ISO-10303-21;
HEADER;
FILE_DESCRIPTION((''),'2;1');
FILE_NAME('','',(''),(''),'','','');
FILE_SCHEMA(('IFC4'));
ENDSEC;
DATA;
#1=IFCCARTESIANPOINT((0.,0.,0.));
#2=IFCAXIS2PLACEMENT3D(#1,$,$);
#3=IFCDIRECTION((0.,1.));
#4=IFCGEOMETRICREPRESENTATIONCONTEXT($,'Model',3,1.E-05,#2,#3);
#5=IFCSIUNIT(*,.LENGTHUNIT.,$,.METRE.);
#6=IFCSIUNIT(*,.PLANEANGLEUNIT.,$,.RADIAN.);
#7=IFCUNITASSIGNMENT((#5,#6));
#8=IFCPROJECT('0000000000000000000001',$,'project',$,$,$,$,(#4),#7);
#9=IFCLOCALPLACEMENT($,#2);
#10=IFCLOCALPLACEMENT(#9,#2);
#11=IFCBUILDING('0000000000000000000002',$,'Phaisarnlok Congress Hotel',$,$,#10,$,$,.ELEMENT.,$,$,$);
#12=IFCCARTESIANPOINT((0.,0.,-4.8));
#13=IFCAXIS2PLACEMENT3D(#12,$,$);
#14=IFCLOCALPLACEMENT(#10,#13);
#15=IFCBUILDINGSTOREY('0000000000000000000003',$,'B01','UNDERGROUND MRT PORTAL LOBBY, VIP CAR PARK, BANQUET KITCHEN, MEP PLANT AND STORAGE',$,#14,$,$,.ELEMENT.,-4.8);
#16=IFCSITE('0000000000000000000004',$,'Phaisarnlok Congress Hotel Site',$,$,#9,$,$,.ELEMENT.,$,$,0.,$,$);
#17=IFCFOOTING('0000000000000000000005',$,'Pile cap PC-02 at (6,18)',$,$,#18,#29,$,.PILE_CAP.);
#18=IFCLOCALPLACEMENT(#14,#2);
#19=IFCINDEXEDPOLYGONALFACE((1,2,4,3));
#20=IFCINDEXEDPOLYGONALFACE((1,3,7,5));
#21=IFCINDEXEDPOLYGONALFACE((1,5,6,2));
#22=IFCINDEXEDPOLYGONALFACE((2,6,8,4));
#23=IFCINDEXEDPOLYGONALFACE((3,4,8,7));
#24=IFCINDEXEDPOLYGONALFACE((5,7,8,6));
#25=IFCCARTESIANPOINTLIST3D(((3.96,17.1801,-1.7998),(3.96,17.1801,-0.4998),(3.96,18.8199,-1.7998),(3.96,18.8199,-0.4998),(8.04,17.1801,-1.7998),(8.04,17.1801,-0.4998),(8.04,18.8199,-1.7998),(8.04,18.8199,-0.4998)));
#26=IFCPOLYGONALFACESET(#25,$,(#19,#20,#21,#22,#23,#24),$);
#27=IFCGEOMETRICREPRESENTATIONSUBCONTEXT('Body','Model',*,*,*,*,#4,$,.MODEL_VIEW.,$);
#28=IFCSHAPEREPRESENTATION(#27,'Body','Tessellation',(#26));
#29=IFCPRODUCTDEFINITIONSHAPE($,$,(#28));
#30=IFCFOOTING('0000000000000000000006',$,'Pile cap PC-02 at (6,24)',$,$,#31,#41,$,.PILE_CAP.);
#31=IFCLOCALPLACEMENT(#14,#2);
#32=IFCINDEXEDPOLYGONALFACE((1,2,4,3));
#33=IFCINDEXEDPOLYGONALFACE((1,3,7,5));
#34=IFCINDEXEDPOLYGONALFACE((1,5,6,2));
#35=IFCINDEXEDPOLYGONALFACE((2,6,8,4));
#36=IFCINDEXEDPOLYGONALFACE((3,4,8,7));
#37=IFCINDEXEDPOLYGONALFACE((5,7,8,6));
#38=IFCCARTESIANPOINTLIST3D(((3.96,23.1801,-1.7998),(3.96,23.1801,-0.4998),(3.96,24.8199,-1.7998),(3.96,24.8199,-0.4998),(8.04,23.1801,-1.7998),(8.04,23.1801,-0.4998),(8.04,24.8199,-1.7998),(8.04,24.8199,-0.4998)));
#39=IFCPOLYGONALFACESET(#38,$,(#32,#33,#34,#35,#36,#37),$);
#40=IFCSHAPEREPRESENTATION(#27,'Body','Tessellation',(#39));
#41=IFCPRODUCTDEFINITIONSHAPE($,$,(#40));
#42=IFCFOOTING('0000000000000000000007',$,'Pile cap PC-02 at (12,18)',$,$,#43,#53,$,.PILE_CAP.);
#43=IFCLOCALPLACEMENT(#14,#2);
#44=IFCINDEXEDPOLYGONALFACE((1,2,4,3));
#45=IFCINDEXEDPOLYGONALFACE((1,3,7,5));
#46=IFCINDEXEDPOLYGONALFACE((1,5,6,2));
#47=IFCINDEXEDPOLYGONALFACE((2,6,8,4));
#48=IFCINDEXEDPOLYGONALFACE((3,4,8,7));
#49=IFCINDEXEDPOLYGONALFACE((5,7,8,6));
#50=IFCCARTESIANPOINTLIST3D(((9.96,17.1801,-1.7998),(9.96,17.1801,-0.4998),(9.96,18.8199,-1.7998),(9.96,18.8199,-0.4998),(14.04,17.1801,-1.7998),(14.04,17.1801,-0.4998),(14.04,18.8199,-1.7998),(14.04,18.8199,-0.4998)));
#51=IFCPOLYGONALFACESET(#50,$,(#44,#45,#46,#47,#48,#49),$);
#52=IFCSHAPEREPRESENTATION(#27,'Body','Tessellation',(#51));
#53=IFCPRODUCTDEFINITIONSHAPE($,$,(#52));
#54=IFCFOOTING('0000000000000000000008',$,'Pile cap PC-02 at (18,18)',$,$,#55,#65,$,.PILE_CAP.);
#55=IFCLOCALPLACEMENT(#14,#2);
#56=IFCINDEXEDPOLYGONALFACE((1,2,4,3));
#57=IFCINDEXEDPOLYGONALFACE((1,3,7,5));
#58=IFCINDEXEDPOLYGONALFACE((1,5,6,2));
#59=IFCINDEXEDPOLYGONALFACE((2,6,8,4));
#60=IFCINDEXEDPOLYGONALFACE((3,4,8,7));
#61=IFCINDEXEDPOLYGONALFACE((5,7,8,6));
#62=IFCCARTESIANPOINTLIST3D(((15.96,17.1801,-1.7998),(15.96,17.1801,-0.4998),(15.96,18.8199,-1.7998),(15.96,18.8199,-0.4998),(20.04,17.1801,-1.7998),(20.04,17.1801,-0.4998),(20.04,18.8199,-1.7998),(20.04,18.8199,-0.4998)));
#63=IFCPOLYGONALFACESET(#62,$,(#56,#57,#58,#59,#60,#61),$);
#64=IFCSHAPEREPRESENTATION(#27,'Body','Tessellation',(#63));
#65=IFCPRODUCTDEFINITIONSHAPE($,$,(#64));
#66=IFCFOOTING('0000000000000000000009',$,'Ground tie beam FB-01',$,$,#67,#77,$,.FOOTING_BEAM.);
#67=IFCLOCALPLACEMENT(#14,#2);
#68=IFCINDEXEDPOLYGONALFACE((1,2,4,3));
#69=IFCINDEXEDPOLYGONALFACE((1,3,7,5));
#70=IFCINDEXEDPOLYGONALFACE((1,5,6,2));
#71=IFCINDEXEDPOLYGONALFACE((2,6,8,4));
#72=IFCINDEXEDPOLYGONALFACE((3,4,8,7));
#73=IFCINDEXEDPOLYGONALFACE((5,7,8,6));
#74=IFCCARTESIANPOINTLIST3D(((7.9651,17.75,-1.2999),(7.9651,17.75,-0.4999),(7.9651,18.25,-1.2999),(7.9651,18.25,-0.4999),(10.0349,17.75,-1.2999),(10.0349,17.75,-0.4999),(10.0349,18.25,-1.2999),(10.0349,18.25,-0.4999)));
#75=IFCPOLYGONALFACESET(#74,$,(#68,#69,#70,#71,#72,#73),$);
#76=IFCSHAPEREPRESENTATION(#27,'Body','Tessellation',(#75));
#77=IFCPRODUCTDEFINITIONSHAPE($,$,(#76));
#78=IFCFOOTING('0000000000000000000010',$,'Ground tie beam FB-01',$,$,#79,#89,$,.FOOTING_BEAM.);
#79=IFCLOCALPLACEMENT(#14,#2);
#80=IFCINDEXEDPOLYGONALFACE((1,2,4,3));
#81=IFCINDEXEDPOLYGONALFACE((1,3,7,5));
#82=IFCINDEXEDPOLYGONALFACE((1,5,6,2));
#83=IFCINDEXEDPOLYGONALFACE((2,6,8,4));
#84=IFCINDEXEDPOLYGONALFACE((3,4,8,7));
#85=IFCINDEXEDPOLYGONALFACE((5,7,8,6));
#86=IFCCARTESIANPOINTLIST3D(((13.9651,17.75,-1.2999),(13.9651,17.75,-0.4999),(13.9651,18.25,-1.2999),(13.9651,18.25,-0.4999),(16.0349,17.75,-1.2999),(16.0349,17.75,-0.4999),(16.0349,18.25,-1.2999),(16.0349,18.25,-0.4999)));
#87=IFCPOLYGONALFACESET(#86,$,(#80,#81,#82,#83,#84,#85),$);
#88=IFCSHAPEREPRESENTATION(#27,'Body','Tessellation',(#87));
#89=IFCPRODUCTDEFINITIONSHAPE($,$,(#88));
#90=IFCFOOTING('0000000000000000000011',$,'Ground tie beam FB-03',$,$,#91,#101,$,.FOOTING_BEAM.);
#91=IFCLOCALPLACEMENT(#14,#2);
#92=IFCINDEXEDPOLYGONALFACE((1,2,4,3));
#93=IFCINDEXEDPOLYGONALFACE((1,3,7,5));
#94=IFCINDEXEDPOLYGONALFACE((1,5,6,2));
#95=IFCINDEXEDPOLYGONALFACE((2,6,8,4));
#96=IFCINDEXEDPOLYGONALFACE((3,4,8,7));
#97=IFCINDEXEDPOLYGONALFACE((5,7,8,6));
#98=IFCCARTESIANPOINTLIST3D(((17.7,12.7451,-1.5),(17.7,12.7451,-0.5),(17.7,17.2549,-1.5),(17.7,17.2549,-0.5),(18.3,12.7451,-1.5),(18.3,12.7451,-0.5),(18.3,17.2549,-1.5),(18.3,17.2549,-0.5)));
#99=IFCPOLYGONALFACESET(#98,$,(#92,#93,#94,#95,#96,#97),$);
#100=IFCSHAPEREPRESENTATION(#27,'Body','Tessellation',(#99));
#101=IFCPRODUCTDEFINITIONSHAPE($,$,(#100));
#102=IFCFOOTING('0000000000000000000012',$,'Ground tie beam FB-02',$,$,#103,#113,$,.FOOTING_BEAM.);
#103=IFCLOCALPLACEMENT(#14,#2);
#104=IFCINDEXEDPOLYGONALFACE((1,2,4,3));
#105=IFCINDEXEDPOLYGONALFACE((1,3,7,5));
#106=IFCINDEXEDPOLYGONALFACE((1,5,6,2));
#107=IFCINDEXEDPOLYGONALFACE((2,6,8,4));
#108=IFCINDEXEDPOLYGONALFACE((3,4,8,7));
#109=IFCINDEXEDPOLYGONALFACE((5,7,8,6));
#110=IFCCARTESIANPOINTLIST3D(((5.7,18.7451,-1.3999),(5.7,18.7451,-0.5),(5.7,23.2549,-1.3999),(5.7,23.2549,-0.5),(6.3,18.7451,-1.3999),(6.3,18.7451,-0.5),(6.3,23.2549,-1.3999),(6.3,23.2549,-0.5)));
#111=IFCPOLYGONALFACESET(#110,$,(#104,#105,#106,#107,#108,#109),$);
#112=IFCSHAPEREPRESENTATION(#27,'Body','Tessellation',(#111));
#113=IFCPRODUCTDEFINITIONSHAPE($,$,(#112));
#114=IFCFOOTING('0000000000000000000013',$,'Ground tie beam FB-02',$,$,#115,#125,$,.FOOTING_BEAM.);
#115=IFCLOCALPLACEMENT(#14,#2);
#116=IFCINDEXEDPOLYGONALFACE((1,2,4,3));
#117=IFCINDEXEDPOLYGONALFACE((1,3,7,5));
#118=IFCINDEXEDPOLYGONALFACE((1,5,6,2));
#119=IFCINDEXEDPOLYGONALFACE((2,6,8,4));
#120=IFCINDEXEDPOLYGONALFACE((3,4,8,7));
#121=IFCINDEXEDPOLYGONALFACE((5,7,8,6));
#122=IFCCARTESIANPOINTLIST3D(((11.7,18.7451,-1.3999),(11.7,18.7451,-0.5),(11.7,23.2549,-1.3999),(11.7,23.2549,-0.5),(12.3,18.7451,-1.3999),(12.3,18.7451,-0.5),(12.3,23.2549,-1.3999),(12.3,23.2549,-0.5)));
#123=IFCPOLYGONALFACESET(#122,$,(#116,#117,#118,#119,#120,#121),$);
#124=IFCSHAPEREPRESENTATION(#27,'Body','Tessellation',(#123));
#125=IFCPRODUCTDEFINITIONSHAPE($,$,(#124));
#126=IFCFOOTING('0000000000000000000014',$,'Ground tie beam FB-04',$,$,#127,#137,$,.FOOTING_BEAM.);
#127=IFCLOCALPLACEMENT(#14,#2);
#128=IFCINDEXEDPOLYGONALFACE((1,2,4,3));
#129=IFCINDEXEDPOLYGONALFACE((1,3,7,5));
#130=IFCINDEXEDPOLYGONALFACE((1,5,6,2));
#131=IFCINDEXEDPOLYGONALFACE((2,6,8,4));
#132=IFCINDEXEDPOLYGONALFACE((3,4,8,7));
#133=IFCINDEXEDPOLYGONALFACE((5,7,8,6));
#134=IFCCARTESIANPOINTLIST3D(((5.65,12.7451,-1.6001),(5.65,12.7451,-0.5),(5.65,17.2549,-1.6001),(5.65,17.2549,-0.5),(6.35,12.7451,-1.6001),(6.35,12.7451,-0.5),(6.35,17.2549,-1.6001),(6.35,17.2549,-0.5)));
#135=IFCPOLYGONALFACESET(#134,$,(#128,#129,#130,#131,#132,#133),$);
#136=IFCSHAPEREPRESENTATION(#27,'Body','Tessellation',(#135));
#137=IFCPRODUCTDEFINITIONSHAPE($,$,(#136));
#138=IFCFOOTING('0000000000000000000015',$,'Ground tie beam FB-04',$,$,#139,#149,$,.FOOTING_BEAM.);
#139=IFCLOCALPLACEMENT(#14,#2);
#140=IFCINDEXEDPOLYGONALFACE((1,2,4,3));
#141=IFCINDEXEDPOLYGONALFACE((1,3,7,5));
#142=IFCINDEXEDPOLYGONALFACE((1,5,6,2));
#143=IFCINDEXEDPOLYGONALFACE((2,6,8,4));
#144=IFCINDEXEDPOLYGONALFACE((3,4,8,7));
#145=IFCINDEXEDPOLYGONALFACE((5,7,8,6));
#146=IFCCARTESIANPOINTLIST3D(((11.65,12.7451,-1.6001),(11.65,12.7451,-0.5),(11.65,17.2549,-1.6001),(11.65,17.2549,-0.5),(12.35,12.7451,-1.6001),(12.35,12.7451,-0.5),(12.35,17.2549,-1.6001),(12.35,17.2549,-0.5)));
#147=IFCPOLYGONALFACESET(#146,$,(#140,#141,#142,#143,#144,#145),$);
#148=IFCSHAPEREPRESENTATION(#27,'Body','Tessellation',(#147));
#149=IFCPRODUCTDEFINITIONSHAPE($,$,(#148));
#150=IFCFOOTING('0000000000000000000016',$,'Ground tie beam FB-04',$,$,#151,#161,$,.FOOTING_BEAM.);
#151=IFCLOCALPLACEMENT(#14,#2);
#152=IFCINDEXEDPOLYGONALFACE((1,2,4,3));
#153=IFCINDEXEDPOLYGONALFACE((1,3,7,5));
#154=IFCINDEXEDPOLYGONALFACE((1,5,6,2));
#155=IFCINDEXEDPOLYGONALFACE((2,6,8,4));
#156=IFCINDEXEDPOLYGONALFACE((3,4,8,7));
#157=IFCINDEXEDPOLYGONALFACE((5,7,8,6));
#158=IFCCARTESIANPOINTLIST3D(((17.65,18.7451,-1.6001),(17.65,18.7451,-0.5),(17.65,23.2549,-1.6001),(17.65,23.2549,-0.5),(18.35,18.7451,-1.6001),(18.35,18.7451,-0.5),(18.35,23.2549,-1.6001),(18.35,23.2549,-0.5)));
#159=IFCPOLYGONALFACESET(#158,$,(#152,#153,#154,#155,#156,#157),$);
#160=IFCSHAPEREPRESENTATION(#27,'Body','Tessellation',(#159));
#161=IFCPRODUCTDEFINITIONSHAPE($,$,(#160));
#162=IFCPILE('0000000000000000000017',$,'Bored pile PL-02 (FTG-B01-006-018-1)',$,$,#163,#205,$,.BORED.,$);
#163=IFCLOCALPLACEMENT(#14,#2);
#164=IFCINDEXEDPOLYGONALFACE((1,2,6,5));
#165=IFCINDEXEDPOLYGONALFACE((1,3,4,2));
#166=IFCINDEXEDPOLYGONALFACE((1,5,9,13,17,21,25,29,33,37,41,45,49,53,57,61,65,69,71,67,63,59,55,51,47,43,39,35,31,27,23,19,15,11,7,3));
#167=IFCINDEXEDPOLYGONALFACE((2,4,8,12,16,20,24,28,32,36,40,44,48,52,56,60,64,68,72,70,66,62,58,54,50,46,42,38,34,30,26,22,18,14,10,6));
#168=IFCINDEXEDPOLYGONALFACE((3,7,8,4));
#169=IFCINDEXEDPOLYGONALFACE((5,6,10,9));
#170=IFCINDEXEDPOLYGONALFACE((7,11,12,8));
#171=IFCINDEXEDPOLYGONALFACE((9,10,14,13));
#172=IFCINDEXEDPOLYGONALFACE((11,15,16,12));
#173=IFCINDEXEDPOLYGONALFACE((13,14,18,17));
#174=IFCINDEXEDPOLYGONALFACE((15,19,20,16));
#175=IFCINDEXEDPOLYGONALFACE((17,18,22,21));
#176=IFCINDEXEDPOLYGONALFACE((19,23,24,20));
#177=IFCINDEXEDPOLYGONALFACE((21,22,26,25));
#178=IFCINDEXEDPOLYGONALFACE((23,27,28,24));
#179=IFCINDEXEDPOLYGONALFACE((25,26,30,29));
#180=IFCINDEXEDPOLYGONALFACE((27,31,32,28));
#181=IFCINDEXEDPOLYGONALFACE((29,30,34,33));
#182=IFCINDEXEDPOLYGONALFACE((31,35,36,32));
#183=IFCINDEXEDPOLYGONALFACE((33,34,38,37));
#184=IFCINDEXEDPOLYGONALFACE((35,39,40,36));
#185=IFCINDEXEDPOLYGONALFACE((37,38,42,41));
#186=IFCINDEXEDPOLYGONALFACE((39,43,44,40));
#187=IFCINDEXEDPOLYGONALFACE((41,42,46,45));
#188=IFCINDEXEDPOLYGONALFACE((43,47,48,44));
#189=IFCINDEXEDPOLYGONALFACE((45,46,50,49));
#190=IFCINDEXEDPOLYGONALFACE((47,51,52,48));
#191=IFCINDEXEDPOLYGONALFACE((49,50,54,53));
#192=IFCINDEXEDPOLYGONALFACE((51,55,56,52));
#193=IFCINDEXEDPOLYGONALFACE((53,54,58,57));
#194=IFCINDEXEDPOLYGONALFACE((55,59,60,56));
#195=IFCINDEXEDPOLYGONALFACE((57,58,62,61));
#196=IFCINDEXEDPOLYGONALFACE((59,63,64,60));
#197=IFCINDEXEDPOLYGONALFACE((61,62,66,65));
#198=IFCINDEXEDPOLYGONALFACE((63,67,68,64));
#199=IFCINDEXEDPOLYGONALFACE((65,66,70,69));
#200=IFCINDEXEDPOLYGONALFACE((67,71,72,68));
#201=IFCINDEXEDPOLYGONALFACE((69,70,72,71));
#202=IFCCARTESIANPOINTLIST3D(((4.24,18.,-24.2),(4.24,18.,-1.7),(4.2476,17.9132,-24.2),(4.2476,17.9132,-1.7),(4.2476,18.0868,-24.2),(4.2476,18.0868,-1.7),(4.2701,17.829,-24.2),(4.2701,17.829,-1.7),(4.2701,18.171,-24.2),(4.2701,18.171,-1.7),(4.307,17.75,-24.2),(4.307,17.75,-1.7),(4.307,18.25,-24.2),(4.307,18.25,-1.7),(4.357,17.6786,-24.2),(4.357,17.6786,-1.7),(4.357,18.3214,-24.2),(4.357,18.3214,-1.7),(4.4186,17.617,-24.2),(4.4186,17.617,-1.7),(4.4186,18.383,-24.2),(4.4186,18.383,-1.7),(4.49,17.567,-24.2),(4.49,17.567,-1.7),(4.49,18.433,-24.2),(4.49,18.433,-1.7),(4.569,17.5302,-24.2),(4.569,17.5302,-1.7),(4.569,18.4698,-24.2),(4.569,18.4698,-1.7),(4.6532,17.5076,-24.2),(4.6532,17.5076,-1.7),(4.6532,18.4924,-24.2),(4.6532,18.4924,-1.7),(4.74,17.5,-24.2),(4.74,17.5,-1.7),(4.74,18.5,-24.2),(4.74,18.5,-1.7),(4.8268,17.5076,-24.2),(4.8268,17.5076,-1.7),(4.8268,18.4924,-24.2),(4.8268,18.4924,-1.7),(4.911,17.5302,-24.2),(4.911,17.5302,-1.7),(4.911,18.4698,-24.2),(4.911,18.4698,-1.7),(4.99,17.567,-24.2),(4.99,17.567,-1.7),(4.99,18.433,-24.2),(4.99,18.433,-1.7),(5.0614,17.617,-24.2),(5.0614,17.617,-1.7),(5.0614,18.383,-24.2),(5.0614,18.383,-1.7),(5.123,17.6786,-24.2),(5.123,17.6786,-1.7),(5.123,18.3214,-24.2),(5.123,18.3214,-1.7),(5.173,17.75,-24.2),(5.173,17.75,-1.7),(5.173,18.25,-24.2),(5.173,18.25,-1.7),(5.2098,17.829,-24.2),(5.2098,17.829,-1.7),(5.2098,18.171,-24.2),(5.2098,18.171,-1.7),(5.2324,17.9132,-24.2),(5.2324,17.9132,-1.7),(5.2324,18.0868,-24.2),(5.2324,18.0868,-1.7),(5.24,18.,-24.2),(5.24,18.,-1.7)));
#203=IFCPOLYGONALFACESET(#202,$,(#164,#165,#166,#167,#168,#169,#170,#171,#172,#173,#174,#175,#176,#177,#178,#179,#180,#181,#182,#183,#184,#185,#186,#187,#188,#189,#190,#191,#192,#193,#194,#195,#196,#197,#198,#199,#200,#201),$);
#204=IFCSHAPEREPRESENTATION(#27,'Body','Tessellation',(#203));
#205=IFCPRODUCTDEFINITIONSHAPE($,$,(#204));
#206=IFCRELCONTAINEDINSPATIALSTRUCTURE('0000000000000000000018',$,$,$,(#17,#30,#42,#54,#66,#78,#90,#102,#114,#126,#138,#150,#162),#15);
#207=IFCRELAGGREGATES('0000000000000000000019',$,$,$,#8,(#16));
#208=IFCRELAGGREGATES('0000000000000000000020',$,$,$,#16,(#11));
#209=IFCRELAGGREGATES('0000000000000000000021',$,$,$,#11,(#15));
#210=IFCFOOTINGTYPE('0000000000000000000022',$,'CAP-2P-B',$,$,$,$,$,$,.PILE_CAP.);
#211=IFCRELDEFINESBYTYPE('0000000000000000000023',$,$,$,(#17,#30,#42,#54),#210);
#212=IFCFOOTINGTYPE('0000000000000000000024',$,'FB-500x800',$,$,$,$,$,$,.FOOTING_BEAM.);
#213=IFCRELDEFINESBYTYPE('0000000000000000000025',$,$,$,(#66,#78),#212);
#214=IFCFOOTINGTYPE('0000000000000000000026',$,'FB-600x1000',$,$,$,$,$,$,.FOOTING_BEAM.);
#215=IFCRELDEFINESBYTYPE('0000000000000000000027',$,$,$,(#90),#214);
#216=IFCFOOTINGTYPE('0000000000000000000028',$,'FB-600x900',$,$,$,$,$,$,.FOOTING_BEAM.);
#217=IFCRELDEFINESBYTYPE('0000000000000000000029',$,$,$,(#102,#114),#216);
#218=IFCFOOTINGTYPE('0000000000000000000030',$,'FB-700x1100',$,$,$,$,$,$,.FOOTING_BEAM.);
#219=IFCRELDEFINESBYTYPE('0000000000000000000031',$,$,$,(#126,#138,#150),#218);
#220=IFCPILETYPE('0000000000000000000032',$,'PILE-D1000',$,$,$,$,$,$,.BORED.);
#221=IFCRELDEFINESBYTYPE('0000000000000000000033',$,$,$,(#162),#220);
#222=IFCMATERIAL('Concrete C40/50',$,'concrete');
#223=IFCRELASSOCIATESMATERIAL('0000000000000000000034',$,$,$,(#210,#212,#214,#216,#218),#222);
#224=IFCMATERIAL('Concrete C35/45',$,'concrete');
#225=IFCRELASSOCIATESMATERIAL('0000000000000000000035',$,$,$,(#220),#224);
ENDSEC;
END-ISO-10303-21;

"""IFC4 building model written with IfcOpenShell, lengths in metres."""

from ifc_helpers import new_model, si_unit, direction, frame, origin, origin_2d, place, context, subcontext, project, spatial, rectangle, circle, extrude, material, material_profile, profile_set, type_object, element, save


model = new_model("IFC4")

# Units and contexts
model_context = context("Model", 3, precision=1e-05, world=origin(), true_north=direction((0.0, 1.0)))
body_context = subcontext(model_context, "Body", "Model", "MODEL_VIEW")
ifc_project = project(units=[si_unit("LENGTHUNIT", "METRE"), si_unit("PLANEANGLEUNIT", "RADIAN")], contexts=[model_context])

# Site, building, storey
site_placement = place(None, origin())
site = spatial("IfcSite", under=ifc_project, at=site_placement, Name="Phaisarnlok Congress Hotel Site", CompositionType="ELEMENT", RefElevation=0.0)
building_placement = place(site_placement, origin())
building = spatial("IfcBuilding", under=site, at=building_placement, Name="Phaisarnlok Congress Hotel", CompositionType="ELEMENT")
storey_placement = place(building_placement, frame((0.0, 0.0, -4.8)))
storey = spatial("IfcBuildingStorey", under=building, at=storey_placement, Name="B01", Description="UNDERGROUND MRT PORTAL LOBBY, VIP CAR PARK, BANQUET KITCHEN, MEP PLANT AND STORAGE", CompositionType="ELEMENT", Elevation=-4.8)

# Footings
ifc_material_1 = material(Name="Concrete C40/50", Category="concrete")
footing_type_1 = type_object("IfcFootingType", Name="CAP-2P-B", PredefinedType="PILE_CAP", material=ifc_material_1)
for number, where, z_axis, x_axis, name in (
    (1, (6.0, 18.0, -1.7998), (0.0, 0.0, 1.0), (1.0, 0.0, 0.0), "Pile cap PC-02 at (6,18)"),
    (2, (6.0, 24.0, -1.7998), (0.0, 0.0, 1.0), (1.0, 0.0, 0.0), "Pile cap PC-02 at (6,24)"),
    (3, (12.0, 18.0, -1.7998), (0.0, 0.0, 1.0), (1.0, 0.0, 0.0), "Pile cap PC-02 at (12,18)"),
    (4, (18.0, 18.0, -1.7998), (0.0, 0.0, 1.0), (1.0, 0.0, 0.0), "Pile cap PC-02 at (18,18)"),
):
    element("IfcFooting", number, at=place(storey_placement, frame(where, z_axis=z_axis, x_axis=x_axis)), inside=storey, type_object=footing_type_1, Name=name, PredefinedType="PILE_CAP", context=body_context, shape_type="SweptSolid", body=[
        extrude(rectangle(XDim=4.0801, YDim=1.6399, at=origin_2d()), origin(), (0.0, 0.0, 1.0), 1.3),
    ])
ifc_material_profile_1 = material_profile(ifc_material_1, rectangle(XDim=0.5, YDim=0.8, at=origin_2d()), Name="FB-500x800")
ifc_profile_set_1 = profile_set([ifc_material_profile_1], Name="Concrete C40/50")
footing_type_2 = type_object("IfcFootingType", Name="FB-500x800", PredefinedType="FOOTING_BEAM", material=ifc_profile_set_1)
for number, where, z_axis, x_axis, name in (
    (5, (7.9651, 18.0, -0.8999), (1.0, 0.0, 0.0), (0.0, 1.0, 0.0), "Ground tie beam FB-01"),
    (6, (13.9651, 18.0, -0.8999), (1.0, 0.0, 0.0), (0.0, 1.0, 0.0), "Ground tie beam FB-01"),
):
    element("IfcFooting", number, at=place(storey_placement, frame(where, z_axis=z_axis, x_axis=x_axis)), inside=storey, type_object=footing_type_2, Name=name, PredefinedType="FOOTING_BEAM", context=body_context, shape_type="SweptSolid", body=[
        extrude(rectangle(XDim=0.5, YDim=0.8, at=origin_2d()), origin(), (0.0, 0.0, 1.0), 2.0698),
    ])
ifc_material_profile_2 = material_profile(ifc_material_1, rectangle(XDim=0.6001, YDim=1.0, at=origin_2d()), Name="FB-600x1000")
ifc_profile_set_2 = profile_set([ifc_material_profile_2], Name="Concrete C40/50")
footing_type_3 = type_object("IfcFootingType", Name="FB-600x1000", PredefinedType="FOOTING_BEAM", material=ifc_profile_set_2)
footing_placement = place(storey_placement, frame((18.0, 12.7451, -1.0), z_axis=(0.0, 1.0, 0.0), x_axis=(-1.0, 0.0, 0.0)))
element("IfcFooting", 7, at=footing_placement, inside=storey, type_object=footing_type_3, Name="Ground tie beam FB-03", PredefinedType="FOOTING_BEAM", context=body_context, shape_type="SweptSolid", body=[
    extrude(rectangle(XDim=0.6001, YDim=1.0, at=origin_2d()), origin(), (0.0, 0.0, 1.0), 4.5098),
])
ifc_material_profile_3 = material_profile(ifc_material_1, rectangle(XDim=0.6001, YDim=0.8999, at=origin_2d()), Name="FB-600x900")
ifc_profile_set_3 = profile_set([ifc_material_profile_3], Name="Concrete C40/50")
footing_type_4 = type_object("IfcFootingType", Name="FB-600x900", PredefinedType="FOOTING_BEAM", material=ifc_profile_set_3)
for number, where, z_axis, x_axis, name in (
    (8, (6.0, 18.7451, -0.95), (0.0, 1.0, 0.0), (-1.0, 0.0, 0.0), "Ground tie beam FB-02"),
    (9, (12.0, 18.7451, -0.95), (0.0, 1.0, 0.0), (-1.0, 0.0, 0.0), "Ground tie beam FB-02"),
):
    element("IfcFooting", number, at=place(storey_placement, frame(where, z_axis=z_axis, x_axis=x_axis)), inside=storey, type_object=footing_type_4, Name=name, PredefinedType="FOOTING_BEAM", context=body_context, shape_type="SweptSolid", body=[
        extrude(rectangle(XDim=0.6001, YDim=0.8999, at=origin_2d()), origin(), (0.0, 0.0, 1.0), 4.5098),
    ])
ifc_material_profile_4 = material_profile(ifc_material_1, rectangle(XDim=0.7, YDim=1.1001, at=origin_2d()), Name="FB-700x1100")
ifc_profile_set_4 = profile_set([ifc_material_profile_4], Name="Concrete C40/50")
footing_type_5 = type_object("IfcFootingType", Name="FB-700x1100", PredefinedType="FOOTING_BEAM", material=ifc_profile_set_4)
for number, where, z_axis, x_axis, name in (
    (10, (6.0, 12.7451, -1.05), (0.0, 1.0, 0.0), (-1.0, 0.0, 0.0), "Ground tie beam FB-04"),
    (11, (12.0, 12.7451, -1.05), (0.0, 1.0, 0.0), (-1.0, 0.0, 0.0), "Ground tie beam FB-04"),
    (12, (18.0, 18.7451, -1.05), (0.0, 1.0, 0.0), (-1.0, 0.0, 0.0), "Ground tie beam FB-04"),
):
    element("IfcFooting", number, at=place(storey_placement, frame(where, z_axis=z_axis, x_axis=x_axis)), inside=storey, type_object=footing_type_5, Name=name, PredefinedType="FOOTING_BEAM", context=body_context, shape_type="SweptSolid", body=[
        extrude(rectangle(XDim=0.7, YDim=1.1001, at=origin_2d()), origin(), (0.0, 0.0, 1.0), 4.5098),
    ])

# Pile
ifc_material_2 = material(Name="Concrete C35/45", Category="concrete")
ifc_material_profile_5 = material_profile(ifc_material_2, circle(Radius=0.5, at=origin_2d()), Name="BORED PILE D1000")
ifc_profile_set_5 = profile_set([ifc_material_profile_5], Name="Concrete C35/45")
pile_type = type_object("IfcPileType", Name="PILE-D1000", PredefinedType="BORED", material=ifc_profile_set_5)
for number, where, z_axis, x_axis, name in (
    (13, (4.74, 18.0, -1.7), (0.0, 0.0, -1.0), (1.0, 0.0, 0.0), "Bored pile PL-02 (FTG-B01-006-018-1)"),
):
    element("IfcPile", number, at=place(storey_placement, frame(where, z_axis=z_axis, x_axis=x_axis)), inside=storey, type_object=pile_type, Name=name, PredefinedType="BORED", context=body_context, shape_type="SweptSolid", body=[
        extrude(circle(Radius=0.5, at=origin_2d()), origin(), (0.0, 0.0, 1.0), 22.5),
    ])

save(model, "model.ifc")
